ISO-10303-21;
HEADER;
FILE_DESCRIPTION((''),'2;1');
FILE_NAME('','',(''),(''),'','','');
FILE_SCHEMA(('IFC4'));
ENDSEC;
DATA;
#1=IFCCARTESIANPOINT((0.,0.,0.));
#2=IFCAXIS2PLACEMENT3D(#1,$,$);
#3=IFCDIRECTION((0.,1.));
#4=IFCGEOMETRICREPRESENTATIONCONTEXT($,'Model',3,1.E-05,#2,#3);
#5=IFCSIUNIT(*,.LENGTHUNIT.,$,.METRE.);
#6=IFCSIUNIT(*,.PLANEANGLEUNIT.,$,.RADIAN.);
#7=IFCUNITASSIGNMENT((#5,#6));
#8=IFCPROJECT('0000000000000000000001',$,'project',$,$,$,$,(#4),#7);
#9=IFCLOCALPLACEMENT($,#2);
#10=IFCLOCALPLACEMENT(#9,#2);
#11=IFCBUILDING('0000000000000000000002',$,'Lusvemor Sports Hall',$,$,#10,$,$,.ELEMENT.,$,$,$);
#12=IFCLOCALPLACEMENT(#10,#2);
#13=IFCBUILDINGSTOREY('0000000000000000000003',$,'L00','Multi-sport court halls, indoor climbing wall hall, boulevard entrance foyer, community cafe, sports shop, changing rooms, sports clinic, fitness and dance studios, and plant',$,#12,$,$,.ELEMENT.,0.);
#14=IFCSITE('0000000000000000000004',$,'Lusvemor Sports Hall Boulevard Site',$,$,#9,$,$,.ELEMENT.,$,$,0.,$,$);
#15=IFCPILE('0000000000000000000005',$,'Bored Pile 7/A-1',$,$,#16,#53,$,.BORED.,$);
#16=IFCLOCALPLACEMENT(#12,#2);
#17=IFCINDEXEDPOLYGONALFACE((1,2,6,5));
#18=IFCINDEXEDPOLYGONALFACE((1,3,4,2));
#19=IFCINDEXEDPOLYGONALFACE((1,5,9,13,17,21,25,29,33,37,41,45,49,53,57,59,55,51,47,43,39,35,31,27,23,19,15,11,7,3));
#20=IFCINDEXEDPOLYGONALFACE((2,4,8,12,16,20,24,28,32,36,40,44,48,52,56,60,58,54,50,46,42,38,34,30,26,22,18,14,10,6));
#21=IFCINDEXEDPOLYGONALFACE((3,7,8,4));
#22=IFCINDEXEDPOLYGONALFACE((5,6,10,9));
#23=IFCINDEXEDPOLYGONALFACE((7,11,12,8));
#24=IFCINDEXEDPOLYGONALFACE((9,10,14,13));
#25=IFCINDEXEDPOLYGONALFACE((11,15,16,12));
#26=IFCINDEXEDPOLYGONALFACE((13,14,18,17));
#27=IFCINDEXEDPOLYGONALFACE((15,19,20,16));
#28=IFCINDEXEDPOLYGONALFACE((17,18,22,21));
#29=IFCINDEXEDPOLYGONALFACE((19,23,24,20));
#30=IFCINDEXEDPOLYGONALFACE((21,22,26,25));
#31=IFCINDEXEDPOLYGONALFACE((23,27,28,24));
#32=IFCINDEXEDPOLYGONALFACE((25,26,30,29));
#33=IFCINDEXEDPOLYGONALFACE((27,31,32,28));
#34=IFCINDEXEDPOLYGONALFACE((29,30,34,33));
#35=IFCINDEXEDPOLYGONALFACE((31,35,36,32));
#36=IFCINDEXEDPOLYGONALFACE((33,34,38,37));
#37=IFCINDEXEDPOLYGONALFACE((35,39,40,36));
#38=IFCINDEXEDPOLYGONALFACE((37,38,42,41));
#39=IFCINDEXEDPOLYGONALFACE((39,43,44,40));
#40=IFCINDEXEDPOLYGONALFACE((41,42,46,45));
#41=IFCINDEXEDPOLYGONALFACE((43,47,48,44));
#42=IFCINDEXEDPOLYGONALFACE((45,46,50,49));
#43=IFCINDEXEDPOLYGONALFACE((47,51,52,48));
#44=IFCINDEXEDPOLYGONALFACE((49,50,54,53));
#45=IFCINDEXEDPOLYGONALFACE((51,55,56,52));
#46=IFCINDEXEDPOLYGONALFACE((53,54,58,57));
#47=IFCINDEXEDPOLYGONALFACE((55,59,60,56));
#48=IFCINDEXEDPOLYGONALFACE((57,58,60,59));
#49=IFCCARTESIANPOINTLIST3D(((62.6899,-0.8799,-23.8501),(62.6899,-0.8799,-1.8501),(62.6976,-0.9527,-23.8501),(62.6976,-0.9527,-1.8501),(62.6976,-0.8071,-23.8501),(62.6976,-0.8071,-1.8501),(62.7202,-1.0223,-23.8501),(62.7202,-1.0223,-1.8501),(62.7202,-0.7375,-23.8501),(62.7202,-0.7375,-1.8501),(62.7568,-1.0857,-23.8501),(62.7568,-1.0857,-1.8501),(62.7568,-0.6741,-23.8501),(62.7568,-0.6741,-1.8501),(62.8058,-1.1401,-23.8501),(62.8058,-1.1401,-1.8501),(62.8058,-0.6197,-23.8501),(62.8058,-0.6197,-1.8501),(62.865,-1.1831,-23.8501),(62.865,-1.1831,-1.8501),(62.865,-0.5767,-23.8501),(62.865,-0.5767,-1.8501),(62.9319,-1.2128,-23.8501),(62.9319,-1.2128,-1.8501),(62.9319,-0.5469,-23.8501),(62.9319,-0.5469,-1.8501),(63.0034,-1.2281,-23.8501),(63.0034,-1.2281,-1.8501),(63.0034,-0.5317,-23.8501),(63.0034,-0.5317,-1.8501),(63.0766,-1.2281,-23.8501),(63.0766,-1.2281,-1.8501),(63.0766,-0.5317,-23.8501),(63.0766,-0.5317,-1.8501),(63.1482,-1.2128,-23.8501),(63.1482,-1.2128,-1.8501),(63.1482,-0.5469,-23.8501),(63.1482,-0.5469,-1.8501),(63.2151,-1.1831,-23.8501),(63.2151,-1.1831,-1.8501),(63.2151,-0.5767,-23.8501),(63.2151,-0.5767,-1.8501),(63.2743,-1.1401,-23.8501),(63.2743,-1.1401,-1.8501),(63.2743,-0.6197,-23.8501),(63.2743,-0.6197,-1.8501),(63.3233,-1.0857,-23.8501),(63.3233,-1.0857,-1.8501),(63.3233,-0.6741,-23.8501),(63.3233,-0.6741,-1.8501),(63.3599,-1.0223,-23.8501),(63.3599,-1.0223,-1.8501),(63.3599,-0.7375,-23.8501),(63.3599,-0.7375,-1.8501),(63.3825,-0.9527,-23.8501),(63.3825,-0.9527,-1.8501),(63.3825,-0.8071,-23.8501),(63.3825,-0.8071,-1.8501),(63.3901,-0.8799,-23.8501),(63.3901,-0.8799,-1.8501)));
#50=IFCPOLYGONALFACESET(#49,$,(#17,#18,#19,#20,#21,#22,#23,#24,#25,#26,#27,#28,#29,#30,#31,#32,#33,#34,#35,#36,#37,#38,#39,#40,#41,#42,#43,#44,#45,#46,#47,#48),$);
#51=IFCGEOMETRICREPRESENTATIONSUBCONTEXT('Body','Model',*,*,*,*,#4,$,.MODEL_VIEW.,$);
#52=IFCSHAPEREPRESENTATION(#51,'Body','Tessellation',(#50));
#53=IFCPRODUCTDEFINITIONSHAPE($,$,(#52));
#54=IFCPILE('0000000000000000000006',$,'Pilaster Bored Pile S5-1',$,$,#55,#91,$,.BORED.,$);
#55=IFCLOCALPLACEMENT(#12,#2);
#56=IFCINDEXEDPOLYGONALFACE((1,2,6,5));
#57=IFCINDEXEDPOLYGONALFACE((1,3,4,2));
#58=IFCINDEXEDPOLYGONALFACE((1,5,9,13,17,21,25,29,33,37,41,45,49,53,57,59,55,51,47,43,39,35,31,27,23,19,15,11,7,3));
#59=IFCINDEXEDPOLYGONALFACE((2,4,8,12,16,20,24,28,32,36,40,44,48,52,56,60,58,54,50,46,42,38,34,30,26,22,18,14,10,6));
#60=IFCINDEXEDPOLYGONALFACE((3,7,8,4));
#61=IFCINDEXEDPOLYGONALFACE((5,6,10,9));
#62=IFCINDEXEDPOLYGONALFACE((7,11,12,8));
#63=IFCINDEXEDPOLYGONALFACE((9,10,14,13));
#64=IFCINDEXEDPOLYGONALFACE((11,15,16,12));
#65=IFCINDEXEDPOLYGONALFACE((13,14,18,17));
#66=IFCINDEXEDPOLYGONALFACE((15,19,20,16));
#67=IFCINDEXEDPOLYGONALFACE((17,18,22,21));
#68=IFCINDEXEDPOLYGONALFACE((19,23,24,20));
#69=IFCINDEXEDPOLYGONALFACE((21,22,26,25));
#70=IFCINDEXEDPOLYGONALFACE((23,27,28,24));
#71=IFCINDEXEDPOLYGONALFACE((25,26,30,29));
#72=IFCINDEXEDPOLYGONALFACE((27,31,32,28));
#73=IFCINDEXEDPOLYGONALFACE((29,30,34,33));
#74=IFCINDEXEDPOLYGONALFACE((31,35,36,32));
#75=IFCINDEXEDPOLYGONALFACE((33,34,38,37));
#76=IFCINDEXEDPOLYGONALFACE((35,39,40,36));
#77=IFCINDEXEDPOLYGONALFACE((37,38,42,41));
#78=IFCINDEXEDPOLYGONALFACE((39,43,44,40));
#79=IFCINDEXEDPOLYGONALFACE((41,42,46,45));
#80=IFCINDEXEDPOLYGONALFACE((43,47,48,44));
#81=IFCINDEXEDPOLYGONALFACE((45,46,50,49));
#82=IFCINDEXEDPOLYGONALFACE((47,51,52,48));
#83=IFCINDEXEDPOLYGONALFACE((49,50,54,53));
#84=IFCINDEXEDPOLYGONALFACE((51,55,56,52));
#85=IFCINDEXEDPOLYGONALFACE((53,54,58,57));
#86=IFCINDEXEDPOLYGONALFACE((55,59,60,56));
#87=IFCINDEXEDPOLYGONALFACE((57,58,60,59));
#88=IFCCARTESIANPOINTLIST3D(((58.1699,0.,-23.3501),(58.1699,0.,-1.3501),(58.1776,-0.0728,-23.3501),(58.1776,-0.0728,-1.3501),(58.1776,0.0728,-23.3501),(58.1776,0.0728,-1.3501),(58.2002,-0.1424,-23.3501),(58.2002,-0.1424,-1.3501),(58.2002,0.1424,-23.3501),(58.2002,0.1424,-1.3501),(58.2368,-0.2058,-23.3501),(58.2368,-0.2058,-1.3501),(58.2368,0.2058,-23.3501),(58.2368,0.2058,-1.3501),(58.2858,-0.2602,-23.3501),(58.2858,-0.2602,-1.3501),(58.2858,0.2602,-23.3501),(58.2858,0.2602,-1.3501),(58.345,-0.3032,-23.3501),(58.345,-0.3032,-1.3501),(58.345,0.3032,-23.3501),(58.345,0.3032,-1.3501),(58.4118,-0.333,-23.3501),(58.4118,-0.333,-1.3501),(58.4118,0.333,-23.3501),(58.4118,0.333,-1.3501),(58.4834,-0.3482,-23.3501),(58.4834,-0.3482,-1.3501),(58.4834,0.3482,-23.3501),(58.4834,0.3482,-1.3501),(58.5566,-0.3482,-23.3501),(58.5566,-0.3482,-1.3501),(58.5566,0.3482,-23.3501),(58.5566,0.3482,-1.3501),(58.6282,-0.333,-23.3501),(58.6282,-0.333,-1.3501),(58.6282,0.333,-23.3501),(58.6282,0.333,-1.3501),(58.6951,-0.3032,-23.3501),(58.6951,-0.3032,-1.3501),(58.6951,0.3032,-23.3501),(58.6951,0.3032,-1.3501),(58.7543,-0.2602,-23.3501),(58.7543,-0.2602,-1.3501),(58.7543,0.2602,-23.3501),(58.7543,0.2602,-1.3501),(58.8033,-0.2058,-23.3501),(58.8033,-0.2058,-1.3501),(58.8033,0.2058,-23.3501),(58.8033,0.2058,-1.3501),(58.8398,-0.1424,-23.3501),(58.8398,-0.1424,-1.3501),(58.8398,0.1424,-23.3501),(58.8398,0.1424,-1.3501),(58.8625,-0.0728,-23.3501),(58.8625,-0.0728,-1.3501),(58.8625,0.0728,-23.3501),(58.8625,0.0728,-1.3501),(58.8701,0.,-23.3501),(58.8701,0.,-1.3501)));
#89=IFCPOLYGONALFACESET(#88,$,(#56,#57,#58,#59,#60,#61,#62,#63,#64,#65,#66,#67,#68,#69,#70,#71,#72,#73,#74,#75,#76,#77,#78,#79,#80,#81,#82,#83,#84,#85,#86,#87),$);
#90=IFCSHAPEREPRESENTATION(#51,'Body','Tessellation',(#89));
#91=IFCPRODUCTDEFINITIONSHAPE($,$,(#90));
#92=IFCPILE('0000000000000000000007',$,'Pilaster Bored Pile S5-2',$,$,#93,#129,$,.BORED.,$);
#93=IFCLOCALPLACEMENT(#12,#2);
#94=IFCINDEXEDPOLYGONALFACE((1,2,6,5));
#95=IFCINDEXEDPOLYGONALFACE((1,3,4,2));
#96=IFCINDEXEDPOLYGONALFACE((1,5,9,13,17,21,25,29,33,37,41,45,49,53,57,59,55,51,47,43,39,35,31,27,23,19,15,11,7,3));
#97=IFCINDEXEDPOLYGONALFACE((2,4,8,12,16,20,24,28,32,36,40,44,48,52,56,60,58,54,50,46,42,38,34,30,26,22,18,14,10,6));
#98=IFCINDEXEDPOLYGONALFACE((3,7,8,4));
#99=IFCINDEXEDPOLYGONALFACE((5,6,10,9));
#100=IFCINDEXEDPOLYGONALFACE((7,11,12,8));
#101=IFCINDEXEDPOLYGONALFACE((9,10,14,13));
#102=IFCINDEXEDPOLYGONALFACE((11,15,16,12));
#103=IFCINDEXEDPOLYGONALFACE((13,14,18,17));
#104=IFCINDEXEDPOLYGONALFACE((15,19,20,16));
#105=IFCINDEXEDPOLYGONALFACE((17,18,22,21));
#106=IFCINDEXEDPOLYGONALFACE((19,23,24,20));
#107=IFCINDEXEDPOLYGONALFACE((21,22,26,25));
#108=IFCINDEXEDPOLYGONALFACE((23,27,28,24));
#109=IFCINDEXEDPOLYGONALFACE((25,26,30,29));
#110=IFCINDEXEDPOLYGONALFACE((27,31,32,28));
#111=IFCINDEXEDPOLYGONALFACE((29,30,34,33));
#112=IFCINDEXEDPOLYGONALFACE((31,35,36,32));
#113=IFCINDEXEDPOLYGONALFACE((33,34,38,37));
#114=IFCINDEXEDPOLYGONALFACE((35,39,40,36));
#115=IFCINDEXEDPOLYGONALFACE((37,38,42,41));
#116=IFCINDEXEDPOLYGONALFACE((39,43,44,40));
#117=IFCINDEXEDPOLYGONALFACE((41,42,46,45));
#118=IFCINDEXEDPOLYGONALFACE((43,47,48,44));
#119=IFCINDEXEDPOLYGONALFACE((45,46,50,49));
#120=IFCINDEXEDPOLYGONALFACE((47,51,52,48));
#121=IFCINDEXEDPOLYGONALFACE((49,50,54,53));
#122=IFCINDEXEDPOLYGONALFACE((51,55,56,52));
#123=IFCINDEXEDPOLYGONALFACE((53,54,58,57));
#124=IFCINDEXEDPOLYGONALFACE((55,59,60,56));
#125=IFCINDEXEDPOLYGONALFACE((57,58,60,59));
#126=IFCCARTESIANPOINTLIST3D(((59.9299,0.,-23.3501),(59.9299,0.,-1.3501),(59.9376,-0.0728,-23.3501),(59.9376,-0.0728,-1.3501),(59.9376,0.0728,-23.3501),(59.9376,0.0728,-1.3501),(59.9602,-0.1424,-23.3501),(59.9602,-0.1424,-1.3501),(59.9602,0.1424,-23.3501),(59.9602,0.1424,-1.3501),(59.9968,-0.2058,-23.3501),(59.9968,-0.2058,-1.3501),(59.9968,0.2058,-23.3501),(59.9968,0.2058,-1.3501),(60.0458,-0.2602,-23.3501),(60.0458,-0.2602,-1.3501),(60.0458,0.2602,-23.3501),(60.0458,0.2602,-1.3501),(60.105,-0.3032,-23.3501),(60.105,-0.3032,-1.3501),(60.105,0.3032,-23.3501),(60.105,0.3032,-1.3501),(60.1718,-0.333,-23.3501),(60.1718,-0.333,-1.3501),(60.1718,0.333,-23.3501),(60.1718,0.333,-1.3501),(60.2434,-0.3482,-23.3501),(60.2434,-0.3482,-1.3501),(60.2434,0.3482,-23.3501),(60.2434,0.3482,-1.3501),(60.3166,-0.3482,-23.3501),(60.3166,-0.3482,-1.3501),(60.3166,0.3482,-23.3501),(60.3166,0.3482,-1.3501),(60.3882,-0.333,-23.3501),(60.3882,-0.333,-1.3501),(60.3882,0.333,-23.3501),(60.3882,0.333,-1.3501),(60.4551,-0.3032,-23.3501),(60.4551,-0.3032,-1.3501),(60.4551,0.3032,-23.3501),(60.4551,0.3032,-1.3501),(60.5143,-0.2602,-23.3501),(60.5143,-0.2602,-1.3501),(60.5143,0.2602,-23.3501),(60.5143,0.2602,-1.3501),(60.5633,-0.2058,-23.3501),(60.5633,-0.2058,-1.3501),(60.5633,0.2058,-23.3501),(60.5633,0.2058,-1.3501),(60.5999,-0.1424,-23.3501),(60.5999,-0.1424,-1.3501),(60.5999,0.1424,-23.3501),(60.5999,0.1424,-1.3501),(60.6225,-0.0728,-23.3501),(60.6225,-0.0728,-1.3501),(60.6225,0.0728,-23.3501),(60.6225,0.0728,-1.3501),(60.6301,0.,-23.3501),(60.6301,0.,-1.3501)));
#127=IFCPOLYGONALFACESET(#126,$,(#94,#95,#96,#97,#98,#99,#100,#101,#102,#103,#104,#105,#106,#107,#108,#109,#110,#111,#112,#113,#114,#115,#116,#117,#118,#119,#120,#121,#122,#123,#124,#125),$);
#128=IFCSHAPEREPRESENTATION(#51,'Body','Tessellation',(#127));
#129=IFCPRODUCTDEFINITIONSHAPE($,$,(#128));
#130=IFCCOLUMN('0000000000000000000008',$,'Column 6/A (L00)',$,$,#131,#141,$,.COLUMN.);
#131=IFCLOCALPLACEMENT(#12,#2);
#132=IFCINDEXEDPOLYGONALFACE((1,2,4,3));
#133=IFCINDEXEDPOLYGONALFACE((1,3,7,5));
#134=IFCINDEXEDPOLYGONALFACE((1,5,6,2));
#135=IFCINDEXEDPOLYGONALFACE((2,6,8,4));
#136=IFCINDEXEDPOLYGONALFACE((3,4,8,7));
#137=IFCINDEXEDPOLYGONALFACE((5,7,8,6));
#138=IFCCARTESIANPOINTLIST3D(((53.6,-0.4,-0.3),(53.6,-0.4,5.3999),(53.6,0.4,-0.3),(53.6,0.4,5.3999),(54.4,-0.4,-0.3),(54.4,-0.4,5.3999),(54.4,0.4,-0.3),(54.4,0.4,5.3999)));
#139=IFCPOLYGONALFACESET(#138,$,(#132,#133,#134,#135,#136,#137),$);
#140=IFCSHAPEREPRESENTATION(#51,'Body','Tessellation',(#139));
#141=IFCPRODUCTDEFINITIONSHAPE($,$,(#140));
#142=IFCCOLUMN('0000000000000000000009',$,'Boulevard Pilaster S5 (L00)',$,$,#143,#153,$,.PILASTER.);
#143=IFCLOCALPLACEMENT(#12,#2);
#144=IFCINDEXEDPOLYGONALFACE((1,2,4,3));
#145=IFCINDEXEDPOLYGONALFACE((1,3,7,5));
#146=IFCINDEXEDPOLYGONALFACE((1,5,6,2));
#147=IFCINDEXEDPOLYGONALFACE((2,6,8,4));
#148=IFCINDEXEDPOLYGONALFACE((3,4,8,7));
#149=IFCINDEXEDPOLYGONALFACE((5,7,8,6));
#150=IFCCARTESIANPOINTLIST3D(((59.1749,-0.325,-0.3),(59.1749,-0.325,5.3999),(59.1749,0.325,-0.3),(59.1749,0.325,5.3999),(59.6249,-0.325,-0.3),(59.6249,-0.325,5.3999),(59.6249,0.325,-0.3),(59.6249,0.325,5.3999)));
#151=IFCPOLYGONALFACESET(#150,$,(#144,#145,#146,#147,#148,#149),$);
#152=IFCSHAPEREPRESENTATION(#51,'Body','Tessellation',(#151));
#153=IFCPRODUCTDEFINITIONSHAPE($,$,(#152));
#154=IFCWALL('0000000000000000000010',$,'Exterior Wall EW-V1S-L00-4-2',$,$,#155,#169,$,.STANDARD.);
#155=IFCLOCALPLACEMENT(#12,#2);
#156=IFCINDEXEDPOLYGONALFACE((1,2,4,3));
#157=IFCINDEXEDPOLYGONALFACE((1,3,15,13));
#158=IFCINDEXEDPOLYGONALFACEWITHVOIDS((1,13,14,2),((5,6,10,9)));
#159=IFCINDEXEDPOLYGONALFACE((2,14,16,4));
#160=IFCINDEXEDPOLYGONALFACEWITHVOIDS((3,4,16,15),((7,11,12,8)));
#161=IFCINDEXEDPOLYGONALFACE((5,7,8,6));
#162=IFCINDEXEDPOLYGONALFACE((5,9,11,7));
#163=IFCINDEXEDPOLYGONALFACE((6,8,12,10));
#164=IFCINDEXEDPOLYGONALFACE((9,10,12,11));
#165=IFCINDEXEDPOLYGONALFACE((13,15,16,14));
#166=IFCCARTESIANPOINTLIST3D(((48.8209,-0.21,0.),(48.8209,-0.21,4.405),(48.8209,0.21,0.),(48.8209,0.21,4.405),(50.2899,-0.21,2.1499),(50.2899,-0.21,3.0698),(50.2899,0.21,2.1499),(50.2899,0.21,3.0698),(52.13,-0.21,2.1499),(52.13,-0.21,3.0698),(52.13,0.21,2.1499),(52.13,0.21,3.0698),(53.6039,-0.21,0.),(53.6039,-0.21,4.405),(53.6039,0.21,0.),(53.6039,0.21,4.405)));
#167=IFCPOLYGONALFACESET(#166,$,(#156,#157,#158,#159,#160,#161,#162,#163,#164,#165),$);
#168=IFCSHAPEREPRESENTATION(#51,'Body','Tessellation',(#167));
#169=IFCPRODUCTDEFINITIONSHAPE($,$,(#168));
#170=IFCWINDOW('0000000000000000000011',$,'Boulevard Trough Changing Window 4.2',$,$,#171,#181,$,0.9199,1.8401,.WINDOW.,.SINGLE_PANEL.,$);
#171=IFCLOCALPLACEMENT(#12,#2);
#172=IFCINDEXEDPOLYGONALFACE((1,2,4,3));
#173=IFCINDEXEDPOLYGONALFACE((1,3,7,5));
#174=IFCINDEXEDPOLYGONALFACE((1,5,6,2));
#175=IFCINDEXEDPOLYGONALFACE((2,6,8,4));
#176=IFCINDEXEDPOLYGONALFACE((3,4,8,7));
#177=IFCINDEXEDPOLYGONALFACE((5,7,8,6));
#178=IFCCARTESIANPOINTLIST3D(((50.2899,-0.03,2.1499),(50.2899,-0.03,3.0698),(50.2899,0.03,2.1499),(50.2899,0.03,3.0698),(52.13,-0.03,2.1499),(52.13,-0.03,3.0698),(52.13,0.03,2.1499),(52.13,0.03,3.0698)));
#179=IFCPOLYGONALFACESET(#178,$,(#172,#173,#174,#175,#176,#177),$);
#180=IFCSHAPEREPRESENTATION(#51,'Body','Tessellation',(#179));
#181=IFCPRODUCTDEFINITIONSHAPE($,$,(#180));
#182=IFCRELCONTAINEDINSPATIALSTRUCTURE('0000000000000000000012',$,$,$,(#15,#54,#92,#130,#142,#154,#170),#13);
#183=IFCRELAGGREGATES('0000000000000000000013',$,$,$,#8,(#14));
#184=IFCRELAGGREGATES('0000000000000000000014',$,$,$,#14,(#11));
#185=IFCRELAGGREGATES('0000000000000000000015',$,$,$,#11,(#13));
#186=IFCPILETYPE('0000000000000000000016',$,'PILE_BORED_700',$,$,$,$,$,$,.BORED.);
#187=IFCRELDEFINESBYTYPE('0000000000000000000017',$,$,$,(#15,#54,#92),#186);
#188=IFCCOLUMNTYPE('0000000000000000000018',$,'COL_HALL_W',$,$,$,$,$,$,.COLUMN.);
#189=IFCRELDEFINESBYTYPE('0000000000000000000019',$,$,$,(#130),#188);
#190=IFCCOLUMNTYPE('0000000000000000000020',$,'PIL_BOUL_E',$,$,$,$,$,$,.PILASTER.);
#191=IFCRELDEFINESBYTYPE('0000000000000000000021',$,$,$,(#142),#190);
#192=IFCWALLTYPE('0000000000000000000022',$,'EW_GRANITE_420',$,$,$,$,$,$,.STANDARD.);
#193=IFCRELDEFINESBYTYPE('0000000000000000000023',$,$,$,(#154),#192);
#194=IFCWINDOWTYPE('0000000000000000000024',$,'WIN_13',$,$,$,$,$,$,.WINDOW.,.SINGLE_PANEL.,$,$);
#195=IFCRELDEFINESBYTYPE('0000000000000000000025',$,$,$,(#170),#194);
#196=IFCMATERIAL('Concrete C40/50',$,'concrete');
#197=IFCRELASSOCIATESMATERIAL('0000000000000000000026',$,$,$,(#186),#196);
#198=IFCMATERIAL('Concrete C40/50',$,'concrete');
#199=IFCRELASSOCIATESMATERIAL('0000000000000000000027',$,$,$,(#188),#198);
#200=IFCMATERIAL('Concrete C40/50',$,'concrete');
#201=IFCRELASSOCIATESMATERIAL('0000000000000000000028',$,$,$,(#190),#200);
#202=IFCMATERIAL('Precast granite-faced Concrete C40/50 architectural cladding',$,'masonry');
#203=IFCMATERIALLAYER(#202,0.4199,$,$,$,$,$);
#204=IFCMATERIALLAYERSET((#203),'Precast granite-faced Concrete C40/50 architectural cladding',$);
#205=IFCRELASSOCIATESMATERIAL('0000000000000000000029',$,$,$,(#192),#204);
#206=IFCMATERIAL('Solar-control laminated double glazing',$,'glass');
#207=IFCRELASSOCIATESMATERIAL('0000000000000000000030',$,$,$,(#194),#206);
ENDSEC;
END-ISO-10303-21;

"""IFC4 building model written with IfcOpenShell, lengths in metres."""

from ifc_helpers import new_model, si_unit, direction, frame, frame_2d, origin, origin_2d, place, context, subcontext, project, spatial, rectangle, circle, extrude, material, layer, layer_set, material_profile, profile_set, type_object, element, fill, save


model = new_model("IFC4")

# Units and contexts
model_context = context("Model", 3, precision=1e-05, world=origin(), true_north=direction((0.0, 1.0)))
body_context = subcontext(model_context, "Body", "Model", "MODEL_VIEW")
ifc_project = project(units=[si_unit("LENGTHUNIT", "METRE"), si_unit("PLANEANGLEUNIT", "RADIAN")], contexts=[model_context])

# Site, building, storey
site_placement = place(None, origin())
site = spatial("IfcSite", under=ifc_project, at=site_placement, Name="Lusvemor Sports Hall Boulevard Site", CompositionType="ELEMENT", RefElevation=0.0)
building_placement = place(site_placement, origin())
building = spatial("IfcBuilding", under=site, at=building_placement, Name="Lusvemor Sports Hall", CompositionType="ELEMENT")
storey_placement = place(building_placement, origin())
storey = spatial("IfcBuildingStorey", under=building, at=storey_placement, Name="L00", Description="Multi-sport court halls, indoor climbing wall hall, boulevard entrance foyer, community cafe, sports shop, changing rooms, sports clinic, fitness and dance studios, and plant", CompositionType="ELEMENT", Elevation=0.0)

# Piles
ifc_material_1 = material(Name="Concrete C40/50", Category="concrete")
ifc_material_profile_1 = material_profile(ifc_material_1, circle(Radius=0.3501, at=origin_2d()), Name="PILE700")
ifc_profile_set_1 = profile_set([ifc_material_profile_1], Name="Concrete C40/50")
pile_type = type_object("IfcPileType", Name="PILE_BORED_700", PredefinedType="BORED", material=ifc_profile_set_1)
for number, where, z_axis, x_axis, name in (
    (1, (63.04, -0.8799, -1.8501), (0.0, 0.0, -1.0), (1.0, 0.0, 0.0), "Bored Pile 7/A-1"),
    (2, (58.52, 0.0, -1.3501), (0.0, 0.0, -1.0), (1.0, 0.0, 0.0), "Pilaster Bored Pile S5-1"),
    (3, (60.28, 0.0, -1.3501), (0.0, 0.0, -1.0), (1.0, 0.0, 0.0), "Pilaster Bored Pile S5-2"),
):
    element("IfcPile", number, at=place(storey_placement, frame(where, z_axis=z_axis, x_axis=x_axis)), inside=storey, type_object=pile_type, Name=name, PredefinedType="BORED", context=body_context, shape_type="SweptSolid", body=[
        extrude(circle(Radius=0.3501, at=origin_2d()), origin(), (0.0, 0.0, 1.0), 22.0),
    ])

# Columns
ifc_material_2 = material(Name="Concrete C40/50", Category="concrete")
ifc_material_profile_2 = material_profile(ifc_material_2, rectangle(XDim=0.8, YDim=0.8, at=origin_2d()), Name="RC800x800")
ifc_profile_set_2 = profile_set([ifc_material_profile_2], Name="Concrete C40/50")
column_type_1 = type_object("IfcColumnType", Name="COL_HALL_W", PredefinedType="COLUMN", material=ifc_profile_set_2)
column_1_placement = place(storey_placement, frame((54.0, 0.0, -0.3), z_axis=(0.0, 0.0, 1.0), x_axis=(1.0, 0.0, 0.0)))
element("IfcColumn", 4, at=column_1_placement, inside=storey, type_object=column_type_1, Name="Column 6/A (L00)", PredefinedType="COLUMN", context=body_context, shape_type="SweptSolid", body=[
    extrude(rectangle(XDim=0.8, YDim=0.8, at=origin_2d()), origin(), (0.0, 0.0, 1.0), 5.7),
])
ifc_material_3 = material(Name="Concrete C40/50", Category="concrete")
ifc_material_profile_3 = material_profile(ifc_material_3, rectangle(XDim=0.45, YDim=0.6499, at=origin_2d()), Name="RC450x650")
ifc_profile_set_3 = profile_set([ifc_material_profile_3], Name="Concrete C40/50")
column_type_2 = type_object("IfcColumnType", Name="PIL_BOUL_E", PredefinedType="PILASTER", material=ifc_profile_set_3)
column_2_placement = place(storey_placement, frame((59.3999, 0.0, -0.3), z_axis=(0.0, 0.0, 1.0), x_axis=(1.0, 0.0, 0.0)))
element("IfcColumn", 5, at=column_2_placement, inside=storey, type_object=column_type_2, Name="Boulevard Pilaster S5 (L00)", PredefinedType="PILASTER", context=body_context, shape_type="SweptSolid", body=[
    extrude(rectangle(XDim=0.45, YDim=0.6499, at=origin_2d()), origin(), (0.0, 0.0, 1.0), 5.7),
])

# Wall, opening, window
ifc_material_4 = material(Name="Precast granite-faced Concrete C40/50 architectural cladding", Category="masonry")
ifc_layer_1 = layer(ifc_material_4, 0.4199)
ifc_layer_set_1 = layer_set([ifc_layer_1], Name="Precast granite-faced Concrete C40/50 architectural cladding")
wall_type_1 = type_object("IfcWallType", Name="EW_GRANITE_420", PredefinedType="STANDARD", material=ifc_layer_set_1)
wall_1_placement = place(storey_placement, frame((53.604, 0.0, 0.0), z_axis=(0.0, 0.0, 1.0), x_axis=(-1.0, 0.0, 0.0)))
wall_1 = element("IfcWall", 6, at=wall_1_placement, inside=storey, type_object=wall_type_1, Name="Exterior Wall EW-V1S-L00-4-2", PredefinedType="STANDARD", context=body_context, shape_type="SweptSolid", body=[
    extrude(rectangle(XDim=4.783, YDim=0.4199, at=frame_2d((2.3916, 0.0))), origin(), (0.0, 0.0, 1.0), 4.405),
])
opening_1_placement = place(wall_1_placement, frame((1.4741, 0.0, 2.1499)))
opening_1 = element("IfcOpeningElement", 7, at=opening_1_placement, cuts=wall_1, PredefinedType="OPENING", context=body_context, shape_type="SweptSolid", body=[
    extrude(rectangle(XDim=1.8401, YDim=0.9199, at=frame_2d((0.9199, 0.46))), frame((0.0, 0.21, 0.0), z_axis=(0.0, -1.0, 0.0), x_axis=(1.0, 0.0, 0.0)), (0.0, 0.0, 1.0), 0.4199),
])
ifc_material_5 = material(Name="Solar-control laminated double glazing", Category="glass")
window_type = type_object("IfcWindowType", Name="WIN_13", PartitioningType="SINGLE_PANEL", PredefinedType="WINDOW", material=ifc_material_5)
window_placement = place(opening_1_placement, origin())
window = element("IfcWindow", 8, at=window_placement, inside=storey, type_object=window_type, Name="Boulevard Trough Changing Window 4.2", OverallHeight=0.9199, OverallWidth=1.8401, PartitioningType="SINGLE_PANEL", PredefinedType="WINDOW", context=body_context, shape_type="SweptSolid", body=[
    extrude(rectangle(XDim=1.8401, YDim=0.9199, at=frame_2d((0.9199, 0.46))), frame((0.0, 0.03, 0.0), z_axis=(0.0, -1.0, 0.0), x_axis=(1.0, 0.0, 0.0)), (0.0, 0.0, 1.0), 0.0601),
])
fill(opening_1, window)

save(model, "model.ifc")
